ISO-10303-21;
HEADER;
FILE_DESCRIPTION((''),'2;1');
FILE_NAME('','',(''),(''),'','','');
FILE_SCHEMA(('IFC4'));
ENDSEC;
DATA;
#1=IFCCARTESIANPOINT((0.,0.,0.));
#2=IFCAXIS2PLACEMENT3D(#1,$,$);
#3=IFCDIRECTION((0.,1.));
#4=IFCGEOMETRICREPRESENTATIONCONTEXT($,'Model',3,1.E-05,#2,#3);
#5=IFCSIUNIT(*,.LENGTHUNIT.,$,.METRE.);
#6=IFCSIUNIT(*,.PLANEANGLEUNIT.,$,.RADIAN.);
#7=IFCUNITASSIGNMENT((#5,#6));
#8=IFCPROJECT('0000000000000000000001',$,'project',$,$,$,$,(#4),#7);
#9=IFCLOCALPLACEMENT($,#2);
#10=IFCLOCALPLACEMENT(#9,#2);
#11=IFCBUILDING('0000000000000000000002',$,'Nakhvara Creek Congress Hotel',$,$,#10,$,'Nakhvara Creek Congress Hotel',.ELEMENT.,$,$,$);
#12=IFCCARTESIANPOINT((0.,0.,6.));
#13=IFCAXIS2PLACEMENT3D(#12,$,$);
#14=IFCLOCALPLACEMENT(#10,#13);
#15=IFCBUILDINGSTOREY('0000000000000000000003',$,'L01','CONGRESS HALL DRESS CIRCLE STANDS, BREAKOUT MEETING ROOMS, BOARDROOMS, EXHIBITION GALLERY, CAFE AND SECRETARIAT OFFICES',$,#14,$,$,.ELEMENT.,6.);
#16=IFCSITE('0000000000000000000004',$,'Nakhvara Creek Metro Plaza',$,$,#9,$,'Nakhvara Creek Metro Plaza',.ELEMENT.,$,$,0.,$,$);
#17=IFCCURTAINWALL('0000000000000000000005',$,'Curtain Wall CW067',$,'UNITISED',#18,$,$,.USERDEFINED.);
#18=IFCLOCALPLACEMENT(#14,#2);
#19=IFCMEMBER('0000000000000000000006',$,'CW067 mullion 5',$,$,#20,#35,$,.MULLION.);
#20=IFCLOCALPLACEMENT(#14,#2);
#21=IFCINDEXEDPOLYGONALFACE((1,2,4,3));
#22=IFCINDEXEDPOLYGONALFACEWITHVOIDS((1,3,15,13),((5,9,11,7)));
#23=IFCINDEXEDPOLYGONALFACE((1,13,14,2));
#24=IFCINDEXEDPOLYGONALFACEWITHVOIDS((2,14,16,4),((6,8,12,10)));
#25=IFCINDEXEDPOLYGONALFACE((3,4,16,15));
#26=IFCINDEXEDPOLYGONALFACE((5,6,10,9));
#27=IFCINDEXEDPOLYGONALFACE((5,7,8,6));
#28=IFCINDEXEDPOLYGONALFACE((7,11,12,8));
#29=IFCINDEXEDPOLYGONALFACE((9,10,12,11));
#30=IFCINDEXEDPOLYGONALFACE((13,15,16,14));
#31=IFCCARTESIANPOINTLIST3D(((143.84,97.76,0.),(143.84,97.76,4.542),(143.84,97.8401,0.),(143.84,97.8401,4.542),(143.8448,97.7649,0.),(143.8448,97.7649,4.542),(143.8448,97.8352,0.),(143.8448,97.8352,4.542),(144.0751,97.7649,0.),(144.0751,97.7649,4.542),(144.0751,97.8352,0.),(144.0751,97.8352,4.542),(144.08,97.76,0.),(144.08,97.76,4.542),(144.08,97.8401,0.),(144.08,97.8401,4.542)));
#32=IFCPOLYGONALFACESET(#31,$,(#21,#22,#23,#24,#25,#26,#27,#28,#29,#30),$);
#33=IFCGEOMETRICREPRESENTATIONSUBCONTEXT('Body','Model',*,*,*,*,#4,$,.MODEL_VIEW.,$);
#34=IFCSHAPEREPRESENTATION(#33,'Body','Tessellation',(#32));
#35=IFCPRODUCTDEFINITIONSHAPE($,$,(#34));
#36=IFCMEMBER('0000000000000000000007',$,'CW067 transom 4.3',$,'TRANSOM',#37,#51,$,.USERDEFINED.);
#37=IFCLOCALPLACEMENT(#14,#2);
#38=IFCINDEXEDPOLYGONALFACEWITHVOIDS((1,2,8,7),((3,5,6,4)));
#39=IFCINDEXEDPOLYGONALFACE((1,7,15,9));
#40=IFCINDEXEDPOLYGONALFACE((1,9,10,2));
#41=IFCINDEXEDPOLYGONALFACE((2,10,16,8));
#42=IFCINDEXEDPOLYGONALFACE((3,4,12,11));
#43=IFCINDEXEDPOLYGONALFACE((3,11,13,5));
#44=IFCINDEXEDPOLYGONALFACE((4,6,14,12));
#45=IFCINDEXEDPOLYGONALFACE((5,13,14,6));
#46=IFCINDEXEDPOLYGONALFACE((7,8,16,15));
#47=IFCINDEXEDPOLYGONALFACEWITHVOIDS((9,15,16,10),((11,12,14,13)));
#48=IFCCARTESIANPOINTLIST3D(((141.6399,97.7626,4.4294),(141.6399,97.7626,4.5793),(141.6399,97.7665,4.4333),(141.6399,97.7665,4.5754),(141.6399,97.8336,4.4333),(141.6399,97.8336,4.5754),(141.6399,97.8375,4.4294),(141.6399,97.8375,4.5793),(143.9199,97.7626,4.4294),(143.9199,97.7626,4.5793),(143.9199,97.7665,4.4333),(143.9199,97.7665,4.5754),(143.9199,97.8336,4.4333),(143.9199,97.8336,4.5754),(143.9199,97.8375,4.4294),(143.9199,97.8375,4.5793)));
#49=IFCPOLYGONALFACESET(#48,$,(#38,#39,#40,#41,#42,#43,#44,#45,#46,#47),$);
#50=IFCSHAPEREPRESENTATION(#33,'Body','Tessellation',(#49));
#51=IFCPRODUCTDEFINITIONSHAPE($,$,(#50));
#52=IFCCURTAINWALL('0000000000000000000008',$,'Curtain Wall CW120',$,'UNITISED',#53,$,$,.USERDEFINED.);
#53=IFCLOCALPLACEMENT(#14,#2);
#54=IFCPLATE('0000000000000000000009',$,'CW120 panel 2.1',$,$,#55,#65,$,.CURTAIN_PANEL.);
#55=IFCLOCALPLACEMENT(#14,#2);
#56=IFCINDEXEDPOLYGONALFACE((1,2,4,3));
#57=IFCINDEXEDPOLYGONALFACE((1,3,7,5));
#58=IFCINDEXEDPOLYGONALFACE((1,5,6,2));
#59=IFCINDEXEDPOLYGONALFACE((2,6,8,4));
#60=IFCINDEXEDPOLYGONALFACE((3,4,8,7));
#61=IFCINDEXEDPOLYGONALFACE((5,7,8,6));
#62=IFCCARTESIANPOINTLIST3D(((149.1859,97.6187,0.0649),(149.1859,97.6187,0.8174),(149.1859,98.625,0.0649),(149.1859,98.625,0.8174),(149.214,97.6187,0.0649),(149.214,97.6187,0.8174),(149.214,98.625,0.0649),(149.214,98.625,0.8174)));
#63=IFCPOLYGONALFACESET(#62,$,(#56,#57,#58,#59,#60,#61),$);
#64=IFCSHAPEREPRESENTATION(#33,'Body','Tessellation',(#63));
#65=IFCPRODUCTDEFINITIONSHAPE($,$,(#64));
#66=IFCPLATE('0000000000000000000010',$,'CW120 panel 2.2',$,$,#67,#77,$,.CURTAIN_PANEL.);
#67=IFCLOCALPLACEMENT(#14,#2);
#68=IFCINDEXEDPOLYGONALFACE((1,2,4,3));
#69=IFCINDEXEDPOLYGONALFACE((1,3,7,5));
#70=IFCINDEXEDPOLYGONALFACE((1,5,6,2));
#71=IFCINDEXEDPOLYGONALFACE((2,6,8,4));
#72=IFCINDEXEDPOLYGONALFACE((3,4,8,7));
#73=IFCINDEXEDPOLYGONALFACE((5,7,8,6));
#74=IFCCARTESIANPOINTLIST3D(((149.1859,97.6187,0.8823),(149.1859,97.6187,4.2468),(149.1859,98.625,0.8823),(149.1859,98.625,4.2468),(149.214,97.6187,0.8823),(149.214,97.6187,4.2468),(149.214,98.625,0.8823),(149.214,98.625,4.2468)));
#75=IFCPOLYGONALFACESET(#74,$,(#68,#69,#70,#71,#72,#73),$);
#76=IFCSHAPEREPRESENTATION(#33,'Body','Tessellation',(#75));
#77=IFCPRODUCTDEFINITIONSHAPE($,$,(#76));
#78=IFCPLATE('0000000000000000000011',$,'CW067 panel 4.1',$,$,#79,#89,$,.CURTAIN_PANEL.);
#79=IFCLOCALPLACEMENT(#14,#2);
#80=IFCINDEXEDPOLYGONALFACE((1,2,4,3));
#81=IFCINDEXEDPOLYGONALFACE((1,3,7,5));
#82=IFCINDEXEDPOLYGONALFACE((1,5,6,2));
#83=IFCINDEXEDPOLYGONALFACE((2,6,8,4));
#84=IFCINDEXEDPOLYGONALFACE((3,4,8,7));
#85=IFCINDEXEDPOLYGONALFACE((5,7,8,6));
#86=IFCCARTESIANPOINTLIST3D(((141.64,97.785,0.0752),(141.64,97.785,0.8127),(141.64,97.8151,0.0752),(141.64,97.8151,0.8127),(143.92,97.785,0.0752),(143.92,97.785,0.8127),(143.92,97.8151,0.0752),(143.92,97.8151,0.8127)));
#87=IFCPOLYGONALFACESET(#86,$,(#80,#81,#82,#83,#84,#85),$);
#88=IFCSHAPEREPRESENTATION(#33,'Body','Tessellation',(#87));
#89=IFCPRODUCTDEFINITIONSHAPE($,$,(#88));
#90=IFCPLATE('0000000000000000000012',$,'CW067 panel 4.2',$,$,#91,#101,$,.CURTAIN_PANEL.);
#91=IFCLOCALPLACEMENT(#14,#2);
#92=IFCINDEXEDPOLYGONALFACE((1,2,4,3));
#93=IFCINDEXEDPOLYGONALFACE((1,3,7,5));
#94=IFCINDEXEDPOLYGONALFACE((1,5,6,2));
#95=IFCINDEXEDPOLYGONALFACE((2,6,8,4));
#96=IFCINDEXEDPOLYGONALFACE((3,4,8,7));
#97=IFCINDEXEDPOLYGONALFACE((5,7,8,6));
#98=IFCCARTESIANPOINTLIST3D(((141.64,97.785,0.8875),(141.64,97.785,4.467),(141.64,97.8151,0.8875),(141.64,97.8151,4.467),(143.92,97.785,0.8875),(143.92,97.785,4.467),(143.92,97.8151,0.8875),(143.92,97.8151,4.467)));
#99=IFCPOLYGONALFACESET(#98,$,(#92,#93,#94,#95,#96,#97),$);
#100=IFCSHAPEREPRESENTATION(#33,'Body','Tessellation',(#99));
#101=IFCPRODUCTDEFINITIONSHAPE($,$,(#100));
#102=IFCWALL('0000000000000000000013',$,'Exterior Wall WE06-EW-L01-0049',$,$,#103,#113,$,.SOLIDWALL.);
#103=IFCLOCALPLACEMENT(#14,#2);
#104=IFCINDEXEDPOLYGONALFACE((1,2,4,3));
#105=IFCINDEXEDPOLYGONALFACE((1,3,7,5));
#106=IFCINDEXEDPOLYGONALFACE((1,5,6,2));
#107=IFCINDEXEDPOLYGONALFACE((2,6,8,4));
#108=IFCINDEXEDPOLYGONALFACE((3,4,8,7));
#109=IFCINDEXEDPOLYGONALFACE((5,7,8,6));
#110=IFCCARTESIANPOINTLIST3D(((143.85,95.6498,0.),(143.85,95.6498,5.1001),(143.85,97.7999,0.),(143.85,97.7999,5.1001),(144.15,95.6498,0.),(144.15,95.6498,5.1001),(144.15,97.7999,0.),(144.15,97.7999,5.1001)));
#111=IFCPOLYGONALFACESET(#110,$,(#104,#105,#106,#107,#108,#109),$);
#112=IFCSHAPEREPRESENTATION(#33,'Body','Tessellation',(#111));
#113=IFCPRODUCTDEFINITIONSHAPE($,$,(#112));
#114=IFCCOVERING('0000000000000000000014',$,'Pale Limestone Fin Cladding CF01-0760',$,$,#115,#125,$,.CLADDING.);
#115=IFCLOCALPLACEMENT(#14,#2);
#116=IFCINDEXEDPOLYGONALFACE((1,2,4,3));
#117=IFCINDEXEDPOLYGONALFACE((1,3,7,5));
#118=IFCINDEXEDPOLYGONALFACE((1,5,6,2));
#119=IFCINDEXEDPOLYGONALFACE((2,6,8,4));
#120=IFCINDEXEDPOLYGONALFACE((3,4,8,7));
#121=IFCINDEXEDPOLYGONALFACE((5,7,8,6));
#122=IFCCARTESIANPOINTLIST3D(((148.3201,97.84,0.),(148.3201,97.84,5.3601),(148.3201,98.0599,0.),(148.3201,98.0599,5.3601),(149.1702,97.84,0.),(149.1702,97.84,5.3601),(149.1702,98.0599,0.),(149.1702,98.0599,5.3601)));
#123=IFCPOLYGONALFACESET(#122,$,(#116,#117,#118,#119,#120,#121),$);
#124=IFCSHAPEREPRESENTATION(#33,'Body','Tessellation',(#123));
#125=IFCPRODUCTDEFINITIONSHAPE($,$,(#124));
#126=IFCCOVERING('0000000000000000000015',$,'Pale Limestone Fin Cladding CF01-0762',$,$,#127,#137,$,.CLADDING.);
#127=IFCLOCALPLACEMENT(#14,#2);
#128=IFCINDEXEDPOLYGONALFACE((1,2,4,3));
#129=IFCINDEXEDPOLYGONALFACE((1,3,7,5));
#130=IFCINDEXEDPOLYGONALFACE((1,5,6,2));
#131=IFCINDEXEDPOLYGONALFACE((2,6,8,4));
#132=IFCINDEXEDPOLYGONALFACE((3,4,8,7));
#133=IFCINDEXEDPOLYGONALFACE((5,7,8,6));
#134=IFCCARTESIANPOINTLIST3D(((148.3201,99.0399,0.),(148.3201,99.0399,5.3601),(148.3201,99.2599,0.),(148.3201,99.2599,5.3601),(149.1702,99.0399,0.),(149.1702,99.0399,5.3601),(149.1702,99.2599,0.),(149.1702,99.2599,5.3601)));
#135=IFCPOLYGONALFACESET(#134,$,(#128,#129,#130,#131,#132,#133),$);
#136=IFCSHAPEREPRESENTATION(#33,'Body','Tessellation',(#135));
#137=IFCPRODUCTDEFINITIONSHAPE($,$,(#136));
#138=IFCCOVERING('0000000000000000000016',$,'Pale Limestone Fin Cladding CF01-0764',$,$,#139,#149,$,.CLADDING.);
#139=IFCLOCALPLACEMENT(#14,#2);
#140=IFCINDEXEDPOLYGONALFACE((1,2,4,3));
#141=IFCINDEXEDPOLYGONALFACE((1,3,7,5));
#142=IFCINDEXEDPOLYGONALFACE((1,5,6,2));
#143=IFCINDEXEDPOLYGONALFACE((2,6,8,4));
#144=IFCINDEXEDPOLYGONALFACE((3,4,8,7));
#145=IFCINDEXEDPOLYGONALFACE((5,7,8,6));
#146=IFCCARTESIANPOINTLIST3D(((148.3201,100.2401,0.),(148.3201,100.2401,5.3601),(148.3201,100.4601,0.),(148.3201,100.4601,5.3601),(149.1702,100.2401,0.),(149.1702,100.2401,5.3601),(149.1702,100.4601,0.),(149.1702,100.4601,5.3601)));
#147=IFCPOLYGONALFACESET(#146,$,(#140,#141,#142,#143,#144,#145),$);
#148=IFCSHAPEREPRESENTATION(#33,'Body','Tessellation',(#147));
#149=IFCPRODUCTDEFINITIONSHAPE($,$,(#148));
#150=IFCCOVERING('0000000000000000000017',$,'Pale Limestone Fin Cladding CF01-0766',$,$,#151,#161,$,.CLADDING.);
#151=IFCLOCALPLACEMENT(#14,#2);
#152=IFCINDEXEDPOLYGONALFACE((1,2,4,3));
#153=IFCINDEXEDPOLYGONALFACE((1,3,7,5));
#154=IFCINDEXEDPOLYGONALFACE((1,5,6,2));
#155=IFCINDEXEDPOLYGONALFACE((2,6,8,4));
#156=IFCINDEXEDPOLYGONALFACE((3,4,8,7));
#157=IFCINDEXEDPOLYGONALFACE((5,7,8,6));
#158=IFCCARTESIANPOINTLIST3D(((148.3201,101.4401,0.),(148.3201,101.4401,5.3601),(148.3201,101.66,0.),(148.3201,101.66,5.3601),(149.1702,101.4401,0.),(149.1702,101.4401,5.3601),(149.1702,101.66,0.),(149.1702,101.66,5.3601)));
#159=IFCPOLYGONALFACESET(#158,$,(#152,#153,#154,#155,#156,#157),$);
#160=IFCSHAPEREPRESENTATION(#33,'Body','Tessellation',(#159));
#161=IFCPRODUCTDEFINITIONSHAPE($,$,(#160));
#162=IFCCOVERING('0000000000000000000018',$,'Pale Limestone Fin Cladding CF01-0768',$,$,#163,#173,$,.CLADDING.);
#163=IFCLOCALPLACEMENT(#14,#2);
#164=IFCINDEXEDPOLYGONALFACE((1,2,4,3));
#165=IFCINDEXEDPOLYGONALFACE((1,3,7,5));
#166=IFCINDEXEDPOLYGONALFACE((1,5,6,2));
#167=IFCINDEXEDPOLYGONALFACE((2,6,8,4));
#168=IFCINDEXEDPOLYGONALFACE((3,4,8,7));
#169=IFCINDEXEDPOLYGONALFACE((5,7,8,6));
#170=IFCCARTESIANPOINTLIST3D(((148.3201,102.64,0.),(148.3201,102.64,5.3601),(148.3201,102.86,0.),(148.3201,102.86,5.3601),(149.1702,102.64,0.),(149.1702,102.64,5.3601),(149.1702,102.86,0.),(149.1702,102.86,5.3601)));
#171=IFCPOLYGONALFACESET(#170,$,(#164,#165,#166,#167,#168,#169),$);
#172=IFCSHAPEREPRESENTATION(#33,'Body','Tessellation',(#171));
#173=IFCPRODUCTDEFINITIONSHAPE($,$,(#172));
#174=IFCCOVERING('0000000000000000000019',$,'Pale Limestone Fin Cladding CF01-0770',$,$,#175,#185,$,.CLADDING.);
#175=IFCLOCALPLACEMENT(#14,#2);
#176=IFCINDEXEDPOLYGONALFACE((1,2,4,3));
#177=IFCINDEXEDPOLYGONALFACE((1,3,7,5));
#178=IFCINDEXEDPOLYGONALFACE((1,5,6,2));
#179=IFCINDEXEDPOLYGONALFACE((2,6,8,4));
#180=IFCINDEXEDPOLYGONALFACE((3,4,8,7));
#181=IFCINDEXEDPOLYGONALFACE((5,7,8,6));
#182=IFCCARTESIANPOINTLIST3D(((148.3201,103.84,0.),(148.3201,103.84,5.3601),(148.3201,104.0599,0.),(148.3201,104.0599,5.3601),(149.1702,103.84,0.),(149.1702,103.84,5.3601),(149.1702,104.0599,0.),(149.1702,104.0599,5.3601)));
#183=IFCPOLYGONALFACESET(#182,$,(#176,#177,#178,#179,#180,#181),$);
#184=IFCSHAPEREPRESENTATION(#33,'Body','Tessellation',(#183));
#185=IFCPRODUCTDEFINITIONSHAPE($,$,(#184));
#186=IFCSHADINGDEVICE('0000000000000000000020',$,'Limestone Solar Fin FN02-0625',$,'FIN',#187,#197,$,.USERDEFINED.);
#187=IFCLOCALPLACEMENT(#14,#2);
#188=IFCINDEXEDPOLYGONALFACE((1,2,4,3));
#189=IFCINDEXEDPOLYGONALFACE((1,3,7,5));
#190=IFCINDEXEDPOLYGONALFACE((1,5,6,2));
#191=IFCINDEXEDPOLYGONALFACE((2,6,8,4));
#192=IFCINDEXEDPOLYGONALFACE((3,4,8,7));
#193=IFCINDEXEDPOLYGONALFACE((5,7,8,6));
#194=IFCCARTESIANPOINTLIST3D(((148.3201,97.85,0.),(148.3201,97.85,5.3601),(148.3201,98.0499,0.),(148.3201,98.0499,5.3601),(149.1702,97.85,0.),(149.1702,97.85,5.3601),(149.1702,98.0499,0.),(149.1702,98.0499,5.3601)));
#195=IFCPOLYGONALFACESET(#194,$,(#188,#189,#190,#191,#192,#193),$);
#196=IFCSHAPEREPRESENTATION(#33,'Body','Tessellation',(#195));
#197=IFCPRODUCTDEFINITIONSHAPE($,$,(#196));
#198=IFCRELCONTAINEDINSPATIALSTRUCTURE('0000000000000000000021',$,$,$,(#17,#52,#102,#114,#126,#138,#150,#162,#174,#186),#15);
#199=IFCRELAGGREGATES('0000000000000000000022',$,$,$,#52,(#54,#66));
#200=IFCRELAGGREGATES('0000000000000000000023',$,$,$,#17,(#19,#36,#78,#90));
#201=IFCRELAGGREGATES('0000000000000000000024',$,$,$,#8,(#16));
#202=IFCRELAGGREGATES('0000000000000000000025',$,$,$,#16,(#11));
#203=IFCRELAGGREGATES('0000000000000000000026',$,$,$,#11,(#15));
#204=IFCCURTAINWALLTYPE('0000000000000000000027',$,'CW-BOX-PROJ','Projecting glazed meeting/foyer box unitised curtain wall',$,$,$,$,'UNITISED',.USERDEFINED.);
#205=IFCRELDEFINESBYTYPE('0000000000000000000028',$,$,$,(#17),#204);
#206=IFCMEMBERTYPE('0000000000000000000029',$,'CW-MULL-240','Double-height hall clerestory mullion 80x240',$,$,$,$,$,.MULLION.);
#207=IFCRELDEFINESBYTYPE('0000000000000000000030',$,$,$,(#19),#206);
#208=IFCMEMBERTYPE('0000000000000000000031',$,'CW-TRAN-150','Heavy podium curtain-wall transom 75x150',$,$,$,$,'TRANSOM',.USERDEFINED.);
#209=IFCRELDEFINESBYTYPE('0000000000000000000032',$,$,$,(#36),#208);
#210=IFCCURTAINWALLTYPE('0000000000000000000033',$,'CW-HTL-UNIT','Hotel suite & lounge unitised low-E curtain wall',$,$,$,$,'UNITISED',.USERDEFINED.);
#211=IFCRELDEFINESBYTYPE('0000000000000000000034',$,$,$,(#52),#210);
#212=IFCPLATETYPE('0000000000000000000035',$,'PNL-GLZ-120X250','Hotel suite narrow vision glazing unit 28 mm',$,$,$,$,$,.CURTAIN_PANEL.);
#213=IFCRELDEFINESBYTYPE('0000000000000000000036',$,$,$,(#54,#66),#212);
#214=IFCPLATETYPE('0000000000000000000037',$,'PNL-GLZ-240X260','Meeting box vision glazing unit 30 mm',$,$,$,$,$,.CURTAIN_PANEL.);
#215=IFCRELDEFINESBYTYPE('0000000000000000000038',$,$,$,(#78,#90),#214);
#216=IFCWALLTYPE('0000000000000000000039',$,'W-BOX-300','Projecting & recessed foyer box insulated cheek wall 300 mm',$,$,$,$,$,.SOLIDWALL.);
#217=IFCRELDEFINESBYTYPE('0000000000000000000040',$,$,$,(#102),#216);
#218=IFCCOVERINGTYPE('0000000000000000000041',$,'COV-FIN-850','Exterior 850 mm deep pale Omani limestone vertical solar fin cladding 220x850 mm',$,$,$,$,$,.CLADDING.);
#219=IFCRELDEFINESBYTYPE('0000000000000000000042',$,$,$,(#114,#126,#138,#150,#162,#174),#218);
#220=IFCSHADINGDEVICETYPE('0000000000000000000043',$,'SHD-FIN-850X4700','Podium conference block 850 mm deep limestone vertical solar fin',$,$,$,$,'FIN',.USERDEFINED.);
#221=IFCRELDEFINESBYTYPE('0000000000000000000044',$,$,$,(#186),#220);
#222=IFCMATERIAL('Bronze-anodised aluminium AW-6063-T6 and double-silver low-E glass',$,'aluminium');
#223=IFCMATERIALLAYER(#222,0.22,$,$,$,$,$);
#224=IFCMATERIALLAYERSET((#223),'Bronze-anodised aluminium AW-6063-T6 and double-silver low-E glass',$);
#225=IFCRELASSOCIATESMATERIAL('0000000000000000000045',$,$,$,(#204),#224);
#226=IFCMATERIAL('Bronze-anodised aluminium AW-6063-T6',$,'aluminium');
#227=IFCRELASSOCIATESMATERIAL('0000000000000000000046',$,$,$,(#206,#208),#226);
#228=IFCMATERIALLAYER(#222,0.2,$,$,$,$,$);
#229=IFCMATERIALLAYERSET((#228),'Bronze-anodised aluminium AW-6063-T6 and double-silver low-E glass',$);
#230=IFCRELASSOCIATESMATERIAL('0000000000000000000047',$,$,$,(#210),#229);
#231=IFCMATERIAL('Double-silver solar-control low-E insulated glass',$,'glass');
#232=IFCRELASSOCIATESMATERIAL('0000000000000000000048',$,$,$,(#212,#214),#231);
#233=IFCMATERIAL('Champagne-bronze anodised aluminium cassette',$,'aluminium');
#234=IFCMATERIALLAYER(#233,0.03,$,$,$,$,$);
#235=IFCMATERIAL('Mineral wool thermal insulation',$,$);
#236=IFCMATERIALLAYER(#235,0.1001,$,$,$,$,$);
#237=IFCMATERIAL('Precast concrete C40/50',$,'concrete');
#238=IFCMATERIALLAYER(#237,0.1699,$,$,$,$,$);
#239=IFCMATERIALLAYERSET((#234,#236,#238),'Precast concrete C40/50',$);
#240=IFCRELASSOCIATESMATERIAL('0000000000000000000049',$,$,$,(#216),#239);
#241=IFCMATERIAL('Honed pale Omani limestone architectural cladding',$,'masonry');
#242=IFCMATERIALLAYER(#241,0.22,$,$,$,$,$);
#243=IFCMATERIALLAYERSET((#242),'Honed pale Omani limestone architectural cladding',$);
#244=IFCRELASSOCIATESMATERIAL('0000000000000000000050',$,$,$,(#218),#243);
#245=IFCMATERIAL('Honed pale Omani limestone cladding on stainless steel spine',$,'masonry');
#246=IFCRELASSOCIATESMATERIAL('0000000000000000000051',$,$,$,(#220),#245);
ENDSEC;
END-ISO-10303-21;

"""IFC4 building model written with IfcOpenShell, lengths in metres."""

from ifc_helpers import new_model, si_unit, direction, frame, frame_2d, origin, origin_2d, place, context, subcontext, project, spatial, rectangle, hollow_rectangle, extrude, material, layer, layer_set, material_profile, profile_set, type_object, element, aggregate, save


model = new_model("IFC4")

# Units and contexts
model_context = context("Model", 3, precision=1e-05, world=origin(), true_north=direction((0.0, 1.0)))
body_context = subcontext(model_context, "Body", "Model", "MODEL_VIEW")
ifc_project = project(units=[si_unit("LENGTHUNIT", "METRE"), si_unit("PLANEANGLEUNIT", "RADIAN")], contexts=[model_context])

# Site, building, storey
site_placement = place(None, origin())
site = spatial("IfcSite", under=ifc_project, at=site_placement, Name="Nakhvara Creek Metro Plaza", LongName="Nakhvara Creek Metro Plaza", CompositionType="ELEMENT", RefElevation=0.0)
building_placement = place(site_placement, origin())
building = spatial("IfcBuilding", under=site, at=building_placement, Name="Nakhvara Creek Congress Hotel", LongName="Nakhvara Creek Congress Hotel", CompositionType="ELEMENT")
storey_placement = place(building_placement, frame((0.0, 0.0, 6.0)))
storey = spatial("IfcBuildingStorey", under=building, at=storey_placement, Name="L01", Description="CONGRESS HALL DRESS CIRCLE STANDS, BREAKOUT MEETING ROOMS, BOARDROOMS, EXHIBITION GALLERY, CAFE AND SECRETARIAT OFFICES", CompositionType="ELEMENT", Elevation=6.0)

# Curtain wall, members
ifc_material_1 = material(Name="Bronze-anodised aluminium AW-6063-T6 and double-silver low-E glass", Category="aluminium")
ifc_layer_1 = layer(ifc_material_1, 0.22)
ifc_layer_set_1 = layer_set([ifc_layer_1], Name="Bronze-anodised aluminium AW-6063-T6 and double-silver low-E glass")
curtain_wall_type_1 = type_object("IfcCurtainWallType", Name="CW-BOX-PROJ", Description="Projecting glazed meeting/foyer box unitised curtain wall", ElementType="UNITISED", PredefinedType="USERDEFINED", material=ifc_layer_set_1)
curtain_wall_1_placement = place(storey_placement, origin())
curtain_wall_1 = element("IfcCurtainWall", 1, at=curtain_wall_1_placement, inside=storey, type_object=curtain_wall_type_1, Name="Curtain Wall CW067", ObjectType="UNITISED", PredefinedType="USERDEFINED")
ifc_material_2 = material(Name="Bronze-anodised aluminium AW-6063-T6", Category="aluminium")
ifc_material_profile_1 = material_profile(ifc_material_2, hollow_rectangle(XDim=0.0801, YDim=0.24, WallThickness=0.0049, at=origin_2d()), Name="ALU-MULL 80x240x5", Category="LoadBearing")
ifc_profile_set_1 = profile_set([ifc_material_profile_1], Name="Bronze-anodised aluminium AW-6063-T6")
member_type_1 = type_object("IfcMemberType", Name="CW-MULL-240", Description="Double-height hall clerestory mullion 80x240", PredefinedType="MULLION", material=ifc_profile_set_1)
member_1_placement = place(storey_placement, frame((143.96, 97.8, 0.0), z_axis=(0.0, 0.0, 1.0), x_axis=(0.0, 1.0, 0.0)))
member_1 = element("IfcMember", 2, at=member_1_placement, type_object=member_type_1, Name="CW067 mullion 5", PredefinedType="MULLION", context=body_context, shape_type="SweptSolid", body=[
    extrude(hollow_rectangle(XDim=0.0801, YDim=0.24, WallThickness=0.0049, at=origin_2d()), origin(), (0.0, 0.0, 1.0), 4.542),
])
ifc_material_profile_2 = material_profile(ifc_material_2, hollow_rectangle(XDim=0.075, YDim=0.1499, WallThickness=0.0039, at=origin_2d()), Name="ALU-TRAN 75x150x4", Category="LoadBearing")
ifc_profile_set_2 = profile_set([ifc_material_profile_2], Name="Bronze-anodised aluminium AW-6063-T6")
member_type_2 = type_object("IfcMemberType", Name="CW-TRAN-150", Description="Heavy podium curtain-wall transom 75x150", ElementType="TRANSOM", PredefinedType="USERDEFINED", material=ifc_profile_set_2)
member_2_placement = place(storey_placement, frame((141.6399, 97.8, 4.5044), z_axis=(1.0, 0.0, 0.0), x_axis=(0.0, 1.0, 0.0)))
member_2 = element("IfcMember", 3, at=member_2_placement, type_object=member_type_2, Name="CW067 transom 4.3", ObjectType="TRANSOM", PredefinedType="USERDEFINED", context=body_context, shape_type="SweptSolid", body=[
    extrude(hollow_rectangle(XDim=0.075, YDim=0.1499, WallThickness=0.0039, at=origin_2d()), origin(), (0.0, 0.0, 1.0), 2.28),
])

# Curtain wall, plates
ifc_layer_2 = layer(ifc_material_1, 0.2)
ifc_layer_set_2 = layer_set([ifc_layer_2], Name="Bronze-anodised aluminium AW-6063-T6 and double-silver low-E glass")
curtain_wall_type_2 = type_object("IfcCurtainWallType", Name="CW-HTL-UNIT", Description="Hotel suite & lounge unitised low-E curtain wall", ElementType="UNITISED", PredefinedType="USERDEFINED", material=ifc_layer_set_2)
curtain_wall_2_placement = place(storey_placement, origin())
curtain_wall_2 = element("IfcCurtainWall", 4, at=curtain_wall_2_placement, inside=storey, type_object=curtain_wall_type_2, Name="Curtain Wall CW120", ObjectType="UNITISED", PredefinedType="USERDEFINED")
ifc_material_3 = material(Name="Double-silver solar-control low-E insulated glass", Category="glass")
plate_type_1 = type_object("IfcPlateType", Name="PNL-GLZ-120X250", Description="Hotel suite narrow vision glazing unit 28 mm", PredefinedType="CURTAIN_PANEL", material=ifc_material_3)
plate_1_placement = place(storey_placement, frame((149.2, 98.1218, 0.0649), z_axis=(0.0, 0.0, 1.0), x_axis=(0.0, 1.0, 0.0)))
plate_1 = element("IfcPlate", 5, at=plate_1_placement, type_object=plate_type_1, Name="CW120 panel 2.1", PredefinedType="CURTAIN_PANEL", context=body_context, shape_type="SweptSolid", body=[
    extrude(rectangle(XDim=1.0063, YDim=0.0281, at=origin_2d()), origin(), (0.0, 0.0, 1.0), 0.7524),
])
plate_2_placement = place(storey_placement, frame((149.2, 98.1218, 0.8823), z_axis=(0.0, 0.0, 1.0), x_axis=(0.0, 1.0, 0.0)))
plate_2 = element("IfcPlate", 6, at=plate_2_placement, type_object=plate_type_1, Name="CW120 panel 2.2", PredefinedType="CURTAIN_PANEL", context=body_context, shape_type="SweptSolid", body=[
    extrude(rectangle(XDim=1.0063, YDim=0.0281, at=origin_2d()), origin(), (0.0, 0.0, 1.0), 3.3645),
])
aggregate(curtain_wall_2, [plate_1, plate_2])

# Plates
plate_type_2 = type_object("IfcPlateType", Name="PNL-GLZ-240X260", Description="Meeting box vision glazing unit 30 mm", PredefinedType="CURTAIN_PANEL", material=ifc_material_3)
plate_3_placement = place(storey_placement, frame((142.78, 97.8, 0.0752), z_axis=(0.0, 0.0, 1.0), x_axis=(1.0, 0.0, 0.0)))
plate_3 = element("IfcPlate", 7, at=plate_3_placement, type_object=plate_type_2, Name="CW067 panel 4.1", PredefinedType="CURTAIN_PANEL", context=body_context, shape_type="SweptSolid", body=[
    extrude(rectangle(XDim=2.28, YDim=0.03, at=origin_2d()), origin(), (0.0, 0.0, 1.0), 0.7375),
])
plate_4_placement = place(storey_placement, frame((142.78, 97.8, 0.8875), z_axis=(0.0, 0.0, 1.0), x_axis=(1.0, 0.0, 0.0)))
plate_4 = element("IfcPlate", 8, at=plate_4_placement, type_object=plate_type_2, Name="CW067 panel 4.2", PredefinedType="CURTAIN_PANEL", context=body_context, shape_type="SweptSolid", body=[
    extrude(rectangle(XDim=2.28, YDim=0.03, at=origin_2d()), origin(), (0.0, 0.0, 1.0), 3.5796),
])
aggregate(curtain_wall_1, [member_1, member_2, plate_3, plate_4])

# Wall
ifc_material_4 = material(Name="Champagne-bronze anodised aluminium cassette", Category="aluminium")
ifc_layer_3 = layer(ifc_material_4, 0.03)
ifc_material_5 = material(Name="Mineral wool thermal insulation")
ifc_layer_4 = layer(ifc_material_5, 0.1001)
ifc_material_6 = material(Name="Precast concrete C40/50", Category="concrete")
ifc_layer_5 = layer(ifc_material_6, 0.1699)
ifc_layer_set_3 = layer_set([ifc_layer_3, ifc_layer_4, ifc_layer_5], Name="Precast concrete C40/50")
wall_type = type_object("IfcWallType", Name="W-BOX-300", Description="Projecting & recessed foyer box insulated cheek wall 300 mm", PredefinedType="SOLIDWALL", material=ifc_layer_set_3)
wall_placement = place(storey_placement, frame((144.0, 97.8, 0.0), z_axis=(0.0, 0.0, 1.0), x_axis=(0.0, -1.0, 0.0)))
element("IfcWall", 9, at=wall_placement, inside=storey, type_object=wall_type, Name="Exterior Wall WE06-EW-L01-0049", PredefinedType="SOLIDWALL", context=body_context, shape_type="SweptSolid", body=[
    extrude(rectangle(XDim=2.1501, YDim=0.3, at=frame_2d((1.0752, 0.0))), origin(), (0.0, 0.0, 1.0), 5.1001),
])

# Coverings
ifc_material_7 = material(Name="Honed pale Omani limestone architectural cladding", Category="masonry")
ifc_layer_6 = layer(ifc_material_7, 0.22)
ifc_layer_set_4 = layer_set([ifc_layer_6], Name="Honed pale Omani limestone architectural cladding")
covering_type = type_object("IfcCoveringType", Name="COV-FIN-850", Description="Exterior 850 mm deep pale Omani limestone vertical solar fin cladding 220x850 mm", PredefinedType="CLADDING", material=ifc_layer_set_4)
for number, where, z_axis, x_axis, name in (
    (10, (148.7451, 97.95, 0.0), (0.0, 0.0, 1.0), (0.0, 1.0, 0.0), "Pale Limestone Fin Cladding CF01-0760"),
    (11, (148.7451, 99.1499, 0.0), (0.0, 0.0, 1.0), (0.0, 1.0, 0.0), "Pale Limestone Fin Cladding CF01-0762"),
    (12, (148.7451, 100.3501, 0.0), (0.0, 0.0, 1.0), (0.0, 1.0, 0.0), "Pale Limestone Fin Cladding CF01-0764"),
    (13, (148.7451, 101.55, 0.0), (0.0, 0.0, 1.0), (0.0, 1.0, 0.0), "Pale Limestone Fin Cladding CF01-0766"),
    (14, (148.7451, 102.75, 0.0), (0.0, 0.0, 1.0), (0.0, 1.0, 0.0), "Pale Limestone Fin Cladding CF01-0768"),
    (15, (148.7451, 103.95, 0.0), (0.0, 0.0, 1.0), (0.0, 1.0, 0.0), "Pale Limestone Fin Cladding CF01-0770"),
):
    element("IfcCovering", number, at=place(storey_placement, frame(where, z_axis=z_axis, x_axis=x_axis)), inside=storey, type_object=covering_type, Name=name, PredefinedType="CLADDING", context=body_context, shape_type="SweptSolid", body=[
        extrude(rectangle(XDim=0.22, YDim=0.8501, at=origin_2d()), origin(), (0.0, 0.0, 1.0), 5.3601),
    ])

# Shading device
ifc_material_8 = material(Name="Honed pale Omani limestone cladding on stainless steel spine", Category="masonry")
shading_device_type = type_object("IfcShadingDeviceType", Name="SHD-FIN-850X4700", Description="Podium conference block 850 mm deep limestone vertical solar fin", ElementType="FIN", PredefinedType="USERDEFINED", material=ifc_material_8)
for number, where, z_axis, x_axis, name in (
    (16, (148.7451, 97.95, 0.0), (0.0, 0.0, 1.0), (0.0, 1.0, 0.0), "Limestone Solar Fin FN02-0625"),
):
    element("IfcShadingDevice", number, at=place(storey_placement, frame(where, z_axis=z_axis, x_axis=x_axis)), inside=storey, type_object=shading_device_type, Name=name, ObjectType="FIN", PredefinedType="USERDEFINED", context=body_context, shape_type="SweptSolid", body=[
        extrude(rectangle(XDim=0.2, YDim=0.8501, at=origin_2d()), origin(), (0.0, 0.0, 1.0), 5.3601),
    ])

save(model, "model.ifc")
